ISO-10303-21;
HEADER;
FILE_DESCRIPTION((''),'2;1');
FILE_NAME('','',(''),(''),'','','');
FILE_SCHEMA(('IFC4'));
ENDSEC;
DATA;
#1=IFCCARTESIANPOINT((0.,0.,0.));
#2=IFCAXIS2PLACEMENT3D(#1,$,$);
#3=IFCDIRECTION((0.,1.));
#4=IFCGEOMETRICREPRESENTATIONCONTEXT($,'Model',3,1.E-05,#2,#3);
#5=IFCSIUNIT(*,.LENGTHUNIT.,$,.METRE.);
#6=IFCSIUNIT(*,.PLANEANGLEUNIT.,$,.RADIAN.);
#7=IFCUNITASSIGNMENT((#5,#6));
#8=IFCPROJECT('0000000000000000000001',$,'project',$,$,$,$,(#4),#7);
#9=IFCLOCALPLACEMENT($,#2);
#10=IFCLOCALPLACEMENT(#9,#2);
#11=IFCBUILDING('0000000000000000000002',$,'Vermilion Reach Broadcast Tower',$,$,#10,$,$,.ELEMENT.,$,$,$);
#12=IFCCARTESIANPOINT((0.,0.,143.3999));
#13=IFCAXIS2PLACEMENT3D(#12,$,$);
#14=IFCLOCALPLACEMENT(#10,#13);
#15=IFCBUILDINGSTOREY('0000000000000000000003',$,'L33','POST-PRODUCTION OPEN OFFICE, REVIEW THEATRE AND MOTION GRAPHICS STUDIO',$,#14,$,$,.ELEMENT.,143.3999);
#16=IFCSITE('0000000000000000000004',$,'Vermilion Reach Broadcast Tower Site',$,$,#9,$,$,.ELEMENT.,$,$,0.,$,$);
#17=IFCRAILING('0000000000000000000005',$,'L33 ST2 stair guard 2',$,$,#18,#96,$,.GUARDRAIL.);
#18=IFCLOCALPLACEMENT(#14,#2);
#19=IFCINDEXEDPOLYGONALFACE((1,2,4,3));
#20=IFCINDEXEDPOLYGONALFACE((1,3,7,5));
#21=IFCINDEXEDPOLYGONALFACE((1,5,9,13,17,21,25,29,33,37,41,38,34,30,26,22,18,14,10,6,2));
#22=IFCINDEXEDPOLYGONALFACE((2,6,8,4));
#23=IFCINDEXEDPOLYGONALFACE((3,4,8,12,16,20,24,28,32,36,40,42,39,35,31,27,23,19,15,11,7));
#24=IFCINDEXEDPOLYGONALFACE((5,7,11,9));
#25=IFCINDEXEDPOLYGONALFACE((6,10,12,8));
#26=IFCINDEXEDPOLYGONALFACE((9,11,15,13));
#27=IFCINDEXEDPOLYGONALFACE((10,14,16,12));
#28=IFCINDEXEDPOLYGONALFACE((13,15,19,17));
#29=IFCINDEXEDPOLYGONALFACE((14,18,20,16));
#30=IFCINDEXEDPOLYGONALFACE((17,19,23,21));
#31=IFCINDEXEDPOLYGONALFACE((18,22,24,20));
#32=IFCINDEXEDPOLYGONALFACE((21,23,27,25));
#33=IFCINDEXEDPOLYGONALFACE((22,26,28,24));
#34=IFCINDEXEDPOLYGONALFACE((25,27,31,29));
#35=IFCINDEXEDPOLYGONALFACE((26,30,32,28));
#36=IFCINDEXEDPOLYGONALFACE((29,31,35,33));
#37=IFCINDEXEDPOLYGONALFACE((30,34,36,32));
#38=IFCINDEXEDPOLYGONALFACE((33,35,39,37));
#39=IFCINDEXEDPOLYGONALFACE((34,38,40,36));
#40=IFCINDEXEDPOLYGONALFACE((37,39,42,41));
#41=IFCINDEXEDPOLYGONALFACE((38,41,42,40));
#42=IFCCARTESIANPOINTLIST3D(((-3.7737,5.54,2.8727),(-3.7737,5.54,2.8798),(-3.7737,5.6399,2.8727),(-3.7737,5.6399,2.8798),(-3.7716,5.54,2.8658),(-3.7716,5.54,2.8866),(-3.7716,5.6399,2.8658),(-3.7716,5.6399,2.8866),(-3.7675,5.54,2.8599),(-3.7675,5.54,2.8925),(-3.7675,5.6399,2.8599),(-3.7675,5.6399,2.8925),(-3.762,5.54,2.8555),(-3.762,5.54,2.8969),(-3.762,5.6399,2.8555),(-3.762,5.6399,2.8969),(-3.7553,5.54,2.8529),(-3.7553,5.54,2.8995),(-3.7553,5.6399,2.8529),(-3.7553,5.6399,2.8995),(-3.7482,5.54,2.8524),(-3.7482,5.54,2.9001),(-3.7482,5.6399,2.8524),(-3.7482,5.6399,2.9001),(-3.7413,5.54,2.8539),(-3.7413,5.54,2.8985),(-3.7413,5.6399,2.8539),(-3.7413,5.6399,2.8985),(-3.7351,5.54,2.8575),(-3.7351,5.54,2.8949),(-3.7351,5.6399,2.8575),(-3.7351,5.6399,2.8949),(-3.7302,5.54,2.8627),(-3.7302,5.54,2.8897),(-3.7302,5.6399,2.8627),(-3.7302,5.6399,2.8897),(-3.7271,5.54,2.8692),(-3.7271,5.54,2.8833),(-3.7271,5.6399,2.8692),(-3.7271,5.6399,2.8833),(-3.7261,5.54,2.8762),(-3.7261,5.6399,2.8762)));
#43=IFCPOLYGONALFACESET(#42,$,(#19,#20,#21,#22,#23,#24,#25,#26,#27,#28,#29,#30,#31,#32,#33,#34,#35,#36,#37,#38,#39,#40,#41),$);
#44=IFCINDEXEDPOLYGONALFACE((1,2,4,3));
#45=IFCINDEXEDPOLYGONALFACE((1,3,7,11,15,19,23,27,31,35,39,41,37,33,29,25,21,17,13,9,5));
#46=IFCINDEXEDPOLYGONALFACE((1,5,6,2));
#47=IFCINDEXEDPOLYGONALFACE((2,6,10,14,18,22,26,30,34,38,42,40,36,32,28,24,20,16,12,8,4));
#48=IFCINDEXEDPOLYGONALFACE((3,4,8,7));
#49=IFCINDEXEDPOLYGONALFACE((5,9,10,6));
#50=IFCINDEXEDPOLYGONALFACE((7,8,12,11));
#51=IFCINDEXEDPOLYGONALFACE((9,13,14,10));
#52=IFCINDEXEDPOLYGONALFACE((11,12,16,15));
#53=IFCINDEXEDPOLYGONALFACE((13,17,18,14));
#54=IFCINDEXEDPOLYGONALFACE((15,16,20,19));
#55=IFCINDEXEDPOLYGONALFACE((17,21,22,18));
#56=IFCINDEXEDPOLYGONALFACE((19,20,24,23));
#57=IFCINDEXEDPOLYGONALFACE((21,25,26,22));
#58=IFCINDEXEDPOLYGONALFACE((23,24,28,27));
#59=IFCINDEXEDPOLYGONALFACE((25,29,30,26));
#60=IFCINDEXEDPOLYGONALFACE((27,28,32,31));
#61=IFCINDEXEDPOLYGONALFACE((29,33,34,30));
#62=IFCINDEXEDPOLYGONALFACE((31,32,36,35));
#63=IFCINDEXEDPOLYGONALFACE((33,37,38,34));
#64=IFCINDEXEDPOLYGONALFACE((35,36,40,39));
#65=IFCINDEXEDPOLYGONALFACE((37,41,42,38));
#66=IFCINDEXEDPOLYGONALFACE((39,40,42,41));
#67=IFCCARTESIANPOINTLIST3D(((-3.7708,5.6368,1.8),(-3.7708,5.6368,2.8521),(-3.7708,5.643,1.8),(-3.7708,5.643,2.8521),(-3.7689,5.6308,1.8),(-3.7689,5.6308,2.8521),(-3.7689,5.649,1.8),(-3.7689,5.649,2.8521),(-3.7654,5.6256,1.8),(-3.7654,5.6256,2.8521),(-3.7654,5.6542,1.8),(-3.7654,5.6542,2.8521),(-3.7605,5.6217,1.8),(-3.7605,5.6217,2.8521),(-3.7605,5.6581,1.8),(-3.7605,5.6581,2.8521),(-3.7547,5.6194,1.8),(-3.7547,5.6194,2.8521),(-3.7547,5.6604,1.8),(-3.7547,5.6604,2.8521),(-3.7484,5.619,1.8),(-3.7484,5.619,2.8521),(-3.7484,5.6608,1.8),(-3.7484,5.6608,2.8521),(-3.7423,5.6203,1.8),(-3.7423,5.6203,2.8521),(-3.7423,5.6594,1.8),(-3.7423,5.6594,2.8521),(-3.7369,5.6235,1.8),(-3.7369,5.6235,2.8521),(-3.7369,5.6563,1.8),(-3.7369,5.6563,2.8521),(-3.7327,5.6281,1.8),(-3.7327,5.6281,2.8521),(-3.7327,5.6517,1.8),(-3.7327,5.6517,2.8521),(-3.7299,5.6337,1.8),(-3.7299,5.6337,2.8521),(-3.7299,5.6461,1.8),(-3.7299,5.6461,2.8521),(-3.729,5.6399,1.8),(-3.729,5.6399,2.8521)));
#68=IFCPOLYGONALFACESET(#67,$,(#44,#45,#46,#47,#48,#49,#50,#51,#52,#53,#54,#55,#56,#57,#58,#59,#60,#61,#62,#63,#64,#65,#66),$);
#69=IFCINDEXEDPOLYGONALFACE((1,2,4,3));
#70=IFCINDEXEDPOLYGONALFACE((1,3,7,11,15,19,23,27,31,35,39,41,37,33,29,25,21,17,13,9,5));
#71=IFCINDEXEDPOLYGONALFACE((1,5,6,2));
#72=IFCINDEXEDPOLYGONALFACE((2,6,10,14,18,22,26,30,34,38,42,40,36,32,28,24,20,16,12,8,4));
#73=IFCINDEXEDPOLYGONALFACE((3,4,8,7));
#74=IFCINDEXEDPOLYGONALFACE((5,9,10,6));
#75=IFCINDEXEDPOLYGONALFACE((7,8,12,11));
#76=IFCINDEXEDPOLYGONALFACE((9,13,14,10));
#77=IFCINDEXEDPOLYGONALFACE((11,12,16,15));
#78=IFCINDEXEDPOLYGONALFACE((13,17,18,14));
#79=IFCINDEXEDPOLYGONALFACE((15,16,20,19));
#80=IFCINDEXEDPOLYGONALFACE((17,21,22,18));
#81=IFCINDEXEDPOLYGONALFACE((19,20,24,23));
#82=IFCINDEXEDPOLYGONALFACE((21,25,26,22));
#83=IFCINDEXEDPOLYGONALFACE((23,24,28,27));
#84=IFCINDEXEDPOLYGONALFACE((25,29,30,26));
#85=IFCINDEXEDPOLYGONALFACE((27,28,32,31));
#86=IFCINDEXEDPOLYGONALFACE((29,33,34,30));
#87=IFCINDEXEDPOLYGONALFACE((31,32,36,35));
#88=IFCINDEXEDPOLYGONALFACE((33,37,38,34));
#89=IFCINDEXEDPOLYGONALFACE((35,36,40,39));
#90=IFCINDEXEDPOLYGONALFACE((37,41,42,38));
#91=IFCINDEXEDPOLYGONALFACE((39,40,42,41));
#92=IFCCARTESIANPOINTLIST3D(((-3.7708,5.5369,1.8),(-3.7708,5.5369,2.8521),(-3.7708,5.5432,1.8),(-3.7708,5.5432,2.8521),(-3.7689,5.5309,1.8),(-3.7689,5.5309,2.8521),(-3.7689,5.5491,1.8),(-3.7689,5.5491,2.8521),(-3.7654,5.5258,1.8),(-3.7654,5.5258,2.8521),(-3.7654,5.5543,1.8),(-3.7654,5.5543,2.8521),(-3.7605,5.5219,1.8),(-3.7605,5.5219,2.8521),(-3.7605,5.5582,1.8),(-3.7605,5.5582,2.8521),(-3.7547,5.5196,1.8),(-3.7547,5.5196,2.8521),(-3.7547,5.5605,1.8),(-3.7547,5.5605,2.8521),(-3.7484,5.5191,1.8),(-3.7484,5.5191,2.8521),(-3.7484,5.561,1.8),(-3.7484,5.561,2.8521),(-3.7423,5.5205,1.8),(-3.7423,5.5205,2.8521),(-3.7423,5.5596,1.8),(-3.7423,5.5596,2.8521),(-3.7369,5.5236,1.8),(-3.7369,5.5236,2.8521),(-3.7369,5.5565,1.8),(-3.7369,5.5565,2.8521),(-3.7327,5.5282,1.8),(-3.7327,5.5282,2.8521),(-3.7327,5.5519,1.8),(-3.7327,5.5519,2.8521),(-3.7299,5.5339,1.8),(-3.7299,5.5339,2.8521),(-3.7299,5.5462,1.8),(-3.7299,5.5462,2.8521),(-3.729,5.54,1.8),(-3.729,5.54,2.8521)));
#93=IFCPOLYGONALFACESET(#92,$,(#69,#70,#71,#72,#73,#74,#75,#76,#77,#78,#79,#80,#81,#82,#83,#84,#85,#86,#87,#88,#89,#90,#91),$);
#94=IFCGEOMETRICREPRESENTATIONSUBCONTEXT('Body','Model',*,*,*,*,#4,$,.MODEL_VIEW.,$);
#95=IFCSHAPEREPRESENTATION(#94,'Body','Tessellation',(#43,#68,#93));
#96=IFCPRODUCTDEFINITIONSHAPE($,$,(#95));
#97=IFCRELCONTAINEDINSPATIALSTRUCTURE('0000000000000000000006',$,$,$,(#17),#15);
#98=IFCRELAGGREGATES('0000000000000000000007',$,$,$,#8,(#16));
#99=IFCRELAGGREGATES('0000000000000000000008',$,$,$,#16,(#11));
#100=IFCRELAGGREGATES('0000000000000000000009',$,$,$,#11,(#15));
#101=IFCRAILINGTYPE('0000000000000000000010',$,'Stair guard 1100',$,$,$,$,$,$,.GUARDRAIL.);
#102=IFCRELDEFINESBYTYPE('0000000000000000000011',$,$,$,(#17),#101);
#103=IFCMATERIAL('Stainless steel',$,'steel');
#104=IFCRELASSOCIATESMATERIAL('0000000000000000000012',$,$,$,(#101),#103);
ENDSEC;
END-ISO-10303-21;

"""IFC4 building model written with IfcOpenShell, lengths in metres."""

from ifc_helpers import new_model, si_unit, direction, frame, origin, origin_2d, place, context, subcontext, project, spatial, circle, extrude, material, type_object, element, save


model = new_model("IFC4")

# Units and contexts
model_context = context("Model", 3, precision=1e-05, world=origin(), true_north=direction((0.0, 1.0)))
body_context = subcontext(model_context, "Body", "Model", "MODEL_VIEW")
ifc_project = project(units=[si_unit("LENGTHUNIT", "METRE"), si_unit("PLANEANGLEUNIT", "RADIAN")], contexts=[model_context])

# Site, building, storey
site_placement = place(None, origin())
site = spatial("IfcSite", under=ifc_project, at=site_placement, Name="Vermilion Reach Broadcast Tower Site", CompositionType="ELEMENT", RefElevation=0.0)
building_placement = place(site_placement, origin())
building = spatial("IfcBuilding", under=site, at=building_placement, Name="Vermilion Reach Broadcast Tower", CompositionType="ELEMENT")
storey_placement = place(building_placement, frame((0.0, 0.0, 143.3999)))
storey = spatial("IfcBuildingStorey", under=building, at=storey_placement, Name="L33", Description="POST-PRODUCTION OPEN OFFICE, REVIEW THEATRE AND MOTION GRAPHICS STUDIO", CompositionType="ELEMENT", Elevation=143.3999)

# Railing
ifc_material_1 = material(Name="Stainless steel", Category="steel")
railing_type_1 = type_object("IfcRailingType", Name="Stair guard 1100", PredefinedType="GUARDRAIL", material=ifc_material_1)
railing_1_placement = place(storey_placement, frame((-3.75, 5.6399, 1.8)))
element("IfcRailing", 1, at=railing_1_placement, inside=storey, type_object=railing_type_1, Name="L33 ST2 stair guard 2", PredefinedType="GUARDRAIL", context=body_context, shape_type="SweptSolid", body=[
    extrude(circle(Radius=0.0239, at=origin_2d()), frame((0.0, 0.0, 1.0762), z_axis=(0.0, -1.0, 0.0), x_axis=(1.0, 0.0, 0.0)), (0.0, 0.0, 1.0), 0.0999),
    extrude(circle(Radius=0.021, at=origin_2d()), origin(), (0.0, 0.0, 1.0), 1.052),
    extrude(circle(Radius=0.021, at=origin_2d()), frame((0.0, -0.0999, 0.0)), (0.0, 0.0, 1.0), 1.052),
])

save(model, "model.ifc")
